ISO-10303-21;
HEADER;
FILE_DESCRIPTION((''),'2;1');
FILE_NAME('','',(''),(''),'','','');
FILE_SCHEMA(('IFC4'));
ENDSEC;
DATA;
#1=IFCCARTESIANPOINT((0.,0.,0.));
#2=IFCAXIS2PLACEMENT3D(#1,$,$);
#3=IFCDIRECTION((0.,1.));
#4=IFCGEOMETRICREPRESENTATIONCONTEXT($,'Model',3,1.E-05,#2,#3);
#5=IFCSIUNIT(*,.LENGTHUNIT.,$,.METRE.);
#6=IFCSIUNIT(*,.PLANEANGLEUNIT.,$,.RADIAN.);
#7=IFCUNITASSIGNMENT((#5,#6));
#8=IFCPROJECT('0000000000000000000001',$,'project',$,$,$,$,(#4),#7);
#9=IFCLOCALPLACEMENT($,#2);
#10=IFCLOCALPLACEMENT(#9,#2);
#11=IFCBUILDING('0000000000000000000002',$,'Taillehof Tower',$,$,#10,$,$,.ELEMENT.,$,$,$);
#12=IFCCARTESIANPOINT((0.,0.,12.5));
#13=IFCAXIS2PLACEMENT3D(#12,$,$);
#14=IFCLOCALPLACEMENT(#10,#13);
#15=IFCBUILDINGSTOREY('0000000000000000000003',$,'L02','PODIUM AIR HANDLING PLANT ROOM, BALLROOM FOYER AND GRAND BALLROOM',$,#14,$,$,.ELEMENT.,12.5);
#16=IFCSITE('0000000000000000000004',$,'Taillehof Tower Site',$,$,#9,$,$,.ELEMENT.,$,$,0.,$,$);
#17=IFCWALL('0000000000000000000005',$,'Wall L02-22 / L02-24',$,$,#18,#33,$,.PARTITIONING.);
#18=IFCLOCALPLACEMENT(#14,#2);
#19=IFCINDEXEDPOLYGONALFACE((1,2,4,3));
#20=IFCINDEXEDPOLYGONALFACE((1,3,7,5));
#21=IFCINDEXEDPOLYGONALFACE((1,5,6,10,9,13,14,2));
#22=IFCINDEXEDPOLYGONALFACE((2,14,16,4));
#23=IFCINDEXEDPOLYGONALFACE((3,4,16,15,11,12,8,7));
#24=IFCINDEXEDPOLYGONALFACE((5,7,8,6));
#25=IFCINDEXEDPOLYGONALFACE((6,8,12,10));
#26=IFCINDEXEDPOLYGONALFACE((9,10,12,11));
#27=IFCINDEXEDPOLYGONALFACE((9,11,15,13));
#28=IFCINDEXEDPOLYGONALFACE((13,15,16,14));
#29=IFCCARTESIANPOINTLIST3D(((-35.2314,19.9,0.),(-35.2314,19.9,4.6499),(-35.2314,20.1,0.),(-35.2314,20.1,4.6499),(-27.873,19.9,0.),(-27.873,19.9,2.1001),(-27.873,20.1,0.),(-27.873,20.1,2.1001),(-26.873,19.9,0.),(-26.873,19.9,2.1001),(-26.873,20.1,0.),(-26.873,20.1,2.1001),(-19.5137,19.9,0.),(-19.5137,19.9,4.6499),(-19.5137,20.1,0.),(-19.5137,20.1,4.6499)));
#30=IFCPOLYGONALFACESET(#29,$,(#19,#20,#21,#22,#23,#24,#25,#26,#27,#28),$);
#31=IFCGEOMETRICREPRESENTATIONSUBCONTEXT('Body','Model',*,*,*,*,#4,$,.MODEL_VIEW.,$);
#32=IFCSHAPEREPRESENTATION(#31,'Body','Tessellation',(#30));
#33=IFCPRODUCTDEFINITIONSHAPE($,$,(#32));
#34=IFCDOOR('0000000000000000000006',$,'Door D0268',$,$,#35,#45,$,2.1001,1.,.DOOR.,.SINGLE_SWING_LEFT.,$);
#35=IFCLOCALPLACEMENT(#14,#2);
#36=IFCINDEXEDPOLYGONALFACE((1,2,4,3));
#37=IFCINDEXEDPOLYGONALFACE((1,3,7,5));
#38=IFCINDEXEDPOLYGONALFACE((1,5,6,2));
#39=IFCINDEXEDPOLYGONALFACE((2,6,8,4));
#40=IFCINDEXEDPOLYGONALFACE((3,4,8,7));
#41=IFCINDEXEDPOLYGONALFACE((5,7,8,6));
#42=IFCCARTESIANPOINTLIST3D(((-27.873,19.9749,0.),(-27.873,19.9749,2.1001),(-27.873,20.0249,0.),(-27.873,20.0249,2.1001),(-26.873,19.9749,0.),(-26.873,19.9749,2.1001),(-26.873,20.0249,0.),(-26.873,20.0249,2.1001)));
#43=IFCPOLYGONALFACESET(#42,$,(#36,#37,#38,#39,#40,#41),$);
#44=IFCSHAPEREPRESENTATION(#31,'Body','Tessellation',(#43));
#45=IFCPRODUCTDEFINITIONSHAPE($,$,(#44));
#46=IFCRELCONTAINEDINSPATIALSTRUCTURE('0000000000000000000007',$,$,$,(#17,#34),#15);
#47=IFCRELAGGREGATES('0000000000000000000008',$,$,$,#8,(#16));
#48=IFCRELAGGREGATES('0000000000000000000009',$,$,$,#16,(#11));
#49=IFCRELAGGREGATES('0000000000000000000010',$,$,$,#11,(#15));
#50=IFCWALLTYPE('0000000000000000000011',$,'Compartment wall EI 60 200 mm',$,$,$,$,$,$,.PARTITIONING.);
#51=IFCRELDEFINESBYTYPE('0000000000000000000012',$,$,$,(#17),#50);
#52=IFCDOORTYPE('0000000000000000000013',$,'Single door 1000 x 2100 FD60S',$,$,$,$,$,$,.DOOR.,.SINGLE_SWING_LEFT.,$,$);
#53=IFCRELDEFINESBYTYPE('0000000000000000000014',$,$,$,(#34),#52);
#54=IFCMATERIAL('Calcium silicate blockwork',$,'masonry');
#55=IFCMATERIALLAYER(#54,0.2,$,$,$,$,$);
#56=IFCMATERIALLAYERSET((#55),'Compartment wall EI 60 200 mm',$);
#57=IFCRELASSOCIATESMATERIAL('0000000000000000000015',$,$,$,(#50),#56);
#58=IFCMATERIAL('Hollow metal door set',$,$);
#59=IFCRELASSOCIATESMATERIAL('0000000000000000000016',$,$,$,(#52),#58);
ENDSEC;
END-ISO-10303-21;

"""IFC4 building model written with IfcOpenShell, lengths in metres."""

from ifc_helpers import new_model, si_unit, direction, frame, frame_2d, origin, place, context, subcontext, project, spatial, rectangle, extrude, material, layer, layer_set, type_object, element, fill, save


model = new_model("IFC4")

# Units and contexts
model_context = context("Model", 3, precision=1e-05, world=origin(), true_north=direction((0.0, 1.0)))
body_context = subcontext(model_context, "Body", "Model", "MODEL_VIEW")
ifc_project = project(units=[si_unit("LENGTHUNIT", "METRE"), si_unit("PLANEANGLEUNIT", "RADIAN")], contexts=[model_context])

# Site, building, storey
site_placement = place(None, origin())
site = spatial("IfcSite", under=ifc_project, at=site_placement, Name="Taillehof Tower Site", CompositionType="ELEMENT", RefElevation=0.0)
building_placement = place(site_placement, origin())
building = spatial("IfcBuilding", under=site, at=building_placement, Name="Taillehof Tower", CompositionType="ELEMENT")
storey_placement = place(building_placement, frame((0.0, 0.0, 12.5)))
storey = spatial("IfcBuildingStorey", under=building, at=storey_placement, Name="L02", Description="PODIUM AIR HANDLING PLANT ROOM, BALLROOM FOYER AND GRAND BALLROOM", CompositionType="ELEMENT", Elevation=12.5)

# Shared definitions
ifc_material_1 = material(Name="Calcium silicate blockwork", Category="masonry")
ifc_layer_1 = layer(ifc_material_1, 0.2)
ifc_layer_set_1 = layer_set([ifc_layer_1], Name="Compartment wall EI 60 200 mm")
wall_type = type_object("IfcWallType", Name="Compartment wall EI 60 200 mm", PredefinedType="PARTITIONING", material=ifc_layer_set_1)
ifc_material_2 = material(Name="Hollow metal door set")
door_type = type_object("IfcDoorType", Name="Single door 1000 x 2100 FD60S", OperationType="SINGLE_SWING_LEFT", PredefinedType="DOOR", material=ifc_material_2)

# Wall, opening, door
wall_1_placement = place(storey_placement, frame((-35.2314, 20.0, 0.0), z_axis=(0.0, 0.0, 1.0), x_axis=(1.0, 0.0, 0.0)))
wall_1 = element("IfcWall", 1, at=wall_1_placement, inside=storey, type_object=wall_type, Name="Wall L02-22 / L02-24", PredefinedType="PARTITIONING", context=body_context, shape_type="SweptSolid", body=[
    extrude(rectangle(XDim=15.7178, YDim=0.2, at=frame_2d((7.8589, 0.0))), origin(), (0.0, 0.0, 1.0), 4.6499),
])
opening_1_placement = place(wall_1_placement, frame((7.3584, 0.0, 0.0)))
opening_1 = element("IfcOpeningElement", 2, at=opening_1_placement, cuts=wall_1, PredefinedType="OPENING", context=body_context, shape_type="SweptSolid", body=[
    extrude(rectangle(XDim=1.0, YDim=2.1001, at=frame_2d((0.5, 1.05))), frame((0.0, 0.1099, 0.0), z_axis=(0.0, -1.0, 0.0), x_axis=(1.0, 0.0, 0.0)), (0.0, 0.0, 1.0), 0.22),
])
door_1_placement = place(opening_1_placement, origin())
door_1 = element("IfcDoor", 3, at=door_1_placement, inside=storey, type_object=door_type, Name="Door D0268", OperationType="SINGLE_SWING_LEFT", OverallHeight=2.1001, OverallWidth=1.0, PredefinedType="DOOR", context=body_context, shape_type="SweptSolid", body=[
    extrude(rectangle(XDim=1.0, YDim=2.1001, at=frame_2d((0.5, 1.05))), frame((0.0, 0.0249, 0.0), z_axis=(0.0, -1.0, 0.0), x_axis=(1.0, 0.0, 0.0)), (0.0, 0.0, 1.0), 0.05),
])
fill(opening_1, door_1)

save(model, "model.ifc")
